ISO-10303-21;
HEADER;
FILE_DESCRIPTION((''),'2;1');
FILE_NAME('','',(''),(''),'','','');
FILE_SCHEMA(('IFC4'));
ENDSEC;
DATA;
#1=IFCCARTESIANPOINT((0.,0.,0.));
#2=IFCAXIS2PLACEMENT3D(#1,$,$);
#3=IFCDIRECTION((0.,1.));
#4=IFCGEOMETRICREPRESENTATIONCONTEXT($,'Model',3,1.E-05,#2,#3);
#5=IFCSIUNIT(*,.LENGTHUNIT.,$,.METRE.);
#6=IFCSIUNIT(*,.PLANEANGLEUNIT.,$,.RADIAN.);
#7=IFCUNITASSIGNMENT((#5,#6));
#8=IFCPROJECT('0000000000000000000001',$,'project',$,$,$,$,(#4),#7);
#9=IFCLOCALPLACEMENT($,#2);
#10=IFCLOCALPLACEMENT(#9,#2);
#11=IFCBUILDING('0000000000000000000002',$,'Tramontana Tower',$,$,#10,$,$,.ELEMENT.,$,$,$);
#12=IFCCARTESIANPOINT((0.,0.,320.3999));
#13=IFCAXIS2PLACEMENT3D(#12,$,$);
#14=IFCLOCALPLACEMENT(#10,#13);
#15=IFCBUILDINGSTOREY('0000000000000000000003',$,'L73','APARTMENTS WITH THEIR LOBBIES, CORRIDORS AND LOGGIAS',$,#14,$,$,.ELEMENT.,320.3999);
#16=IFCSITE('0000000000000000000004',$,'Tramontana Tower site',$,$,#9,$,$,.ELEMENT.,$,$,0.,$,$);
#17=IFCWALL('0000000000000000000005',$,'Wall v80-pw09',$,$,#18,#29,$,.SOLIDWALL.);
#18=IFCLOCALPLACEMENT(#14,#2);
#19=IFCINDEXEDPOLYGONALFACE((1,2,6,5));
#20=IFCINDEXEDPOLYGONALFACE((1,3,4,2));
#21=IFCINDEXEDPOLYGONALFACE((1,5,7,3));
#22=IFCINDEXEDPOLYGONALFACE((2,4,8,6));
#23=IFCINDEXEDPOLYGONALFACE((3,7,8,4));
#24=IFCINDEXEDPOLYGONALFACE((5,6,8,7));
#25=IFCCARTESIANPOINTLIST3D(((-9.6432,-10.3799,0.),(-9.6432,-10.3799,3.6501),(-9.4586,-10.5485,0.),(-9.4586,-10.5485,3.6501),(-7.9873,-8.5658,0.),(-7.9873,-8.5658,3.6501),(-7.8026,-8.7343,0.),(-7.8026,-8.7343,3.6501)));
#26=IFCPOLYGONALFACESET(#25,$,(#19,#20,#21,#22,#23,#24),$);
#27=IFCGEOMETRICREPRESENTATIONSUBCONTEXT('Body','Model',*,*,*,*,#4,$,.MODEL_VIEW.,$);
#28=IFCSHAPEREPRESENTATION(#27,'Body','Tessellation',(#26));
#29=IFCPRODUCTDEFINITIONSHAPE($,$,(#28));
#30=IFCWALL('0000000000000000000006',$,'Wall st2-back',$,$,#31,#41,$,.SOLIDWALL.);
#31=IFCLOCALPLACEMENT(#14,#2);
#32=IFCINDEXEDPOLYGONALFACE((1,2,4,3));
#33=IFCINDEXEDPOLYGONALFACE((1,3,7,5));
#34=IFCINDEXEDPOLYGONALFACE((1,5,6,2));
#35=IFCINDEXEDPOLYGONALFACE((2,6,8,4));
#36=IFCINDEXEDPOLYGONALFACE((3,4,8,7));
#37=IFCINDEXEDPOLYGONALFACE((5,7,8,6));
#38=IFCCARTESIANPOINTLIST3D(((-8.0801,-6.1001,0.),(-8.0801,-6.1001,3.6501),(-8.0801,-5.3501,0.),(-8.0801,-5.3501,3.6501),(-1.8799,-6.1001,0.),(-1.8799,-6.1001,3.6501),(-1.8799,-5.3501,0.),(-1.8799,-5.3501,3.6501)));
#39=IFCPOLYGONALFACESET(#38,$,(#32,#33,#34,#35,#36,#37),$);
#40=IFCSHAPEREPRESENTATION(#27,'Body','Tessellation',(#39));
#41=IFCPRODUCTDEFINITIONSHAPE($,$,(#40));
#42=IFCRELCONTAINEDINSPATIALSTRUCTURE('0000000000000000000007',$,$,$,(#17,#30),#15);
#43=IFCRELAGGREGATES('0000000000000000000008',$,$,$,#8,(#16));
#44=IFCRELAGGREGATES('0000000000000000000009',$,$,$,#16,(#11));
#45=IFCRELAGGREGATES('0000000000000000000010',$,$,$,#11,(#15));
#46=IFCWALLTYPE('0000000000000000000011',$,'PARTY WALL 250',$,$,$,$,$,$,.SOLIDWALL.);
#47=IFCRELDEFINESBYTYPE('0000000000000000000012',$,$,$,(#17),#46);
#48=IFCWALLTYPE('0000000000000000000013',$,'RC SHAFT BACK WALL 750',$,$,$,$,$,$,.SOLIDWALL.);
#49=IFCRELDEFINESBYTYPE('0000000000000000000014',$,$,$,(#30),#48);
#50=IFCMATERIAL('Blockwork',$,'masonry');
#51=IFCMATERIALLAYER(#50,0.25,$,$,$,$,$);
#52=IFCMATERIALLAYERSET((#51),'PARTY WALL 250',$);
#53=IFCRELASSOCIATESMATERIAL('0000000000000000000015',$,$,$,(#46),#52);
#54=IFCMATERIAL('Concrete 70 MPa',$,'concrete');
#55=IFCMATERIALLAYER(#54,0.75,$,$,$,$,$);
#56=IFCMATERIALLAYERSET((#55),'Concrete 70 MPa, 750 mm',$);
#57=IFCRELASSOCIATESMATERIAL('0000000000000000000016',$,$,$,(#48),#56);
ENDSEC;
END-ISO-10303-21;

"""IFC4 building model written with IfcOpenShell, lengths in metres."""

from ifc_helpers import new_model, si_unit, direction, frame, frame_2d, origin, place, context, subcontext, project, spatial, rectangle, extrude, material, layer, layer_set, type_object, element, save


model = new_model("IFC4")

# Units and contexts
model_context = context("Model", 3, precision=1e-05, world=origin(), true_north=direction((0.0, 1.0)))
body_context = subcontext(model_context, "Body", "Model", "MODEL_VIEW")
ifc_project = project(units=[si_unit("LENGTHUNIT", "METRE"), si_unit("PLANEANGLEUNIT", "RADIAN")], contexts=[model_context])

# Site, building, storey
site_placement = place(None, origin())
site = spatial("IfcSite", under=ifc_project, at=site_placement, Name="Tramontana Tower site", CompositionType="ELEMENT", RefElevation=0.0)
building_placement = place(site_placement, origin())
building = spatial("IfcBuilding", under=site, at=building_placement, Name="Tramontana Tower", CompositionType="ELEMENT")
storey_placement = place(building_placement, frame((0.0, 0.0, 320.3999)))
storey = spatial("IfcBuildingStorey", under=building, at=storey_placement, Name="L73", Description="APARTMENTS WITH THEIR LOBBIES, CORRIDORS AND LOGGIAS", CompositionType="ELEMENT", Elevation=320.3999)

# Walls
ifc_material_1 = material(Name="Blockwork", Category="masonry")
ifc_layer_1 = layer(ifc_material_1, 0.25)
ifc_layer_set_1 = layer_set([ifc_layer_1], Name="PARTY WALL 250")
wall_type_1 = type_object("IfcWallType", Name="PARTY WALL 250", PredefinedType="SOLIDWALL", material=ifc_layer_set_1)
wall_1_placement = place(storey_placement, frame((-7.895, -8.6501, 0.0), z_axis=(0.0, 0.0, 1.0), x_axis=(-0.67417, -0.738576, 0.0)))
element("IfcWall", 1, at=wall_1_placement, inside=storey, type_object=wall_type_1, Name="Wall v80-pw09", PredefinedType="SOLIDWALL", context=body_context, shape_type="SweptSolid", body=[
    extrude(rectangle(XDim=2.4563, YDim=0.25, at=frame_2d((1.228, 0.0))), origin(), (0.0, 0.0, 1.0), 3.6501),
])
ifc_material_2 = material(Name="Concrete 70 MPa", Category="concrete")
ifc_layer_2 = layer(ifc_material_2, 0.75)
ifc_layer_set_2 = layer_set([ifc_layer_2], Name="Concrete 70 MPa, 750 mm")
wall_type_2 = type_object("IfcWallType", Name="RC SHAFT BACK WALL 750", PredefinedType="SOLIDWALL", material=ifc_layer_set_2)
wall_2_placement = place(storey_placement, frame((-8.0801, -5.7251, 0.0), z_axis=(0.0, 0.0, 1.0), x_axis=(1.0, 0.0, 0.0)))
element("IfcWall", 2, at=wall_2_placement, inside=storey, type_object=wall_type_2, Name="Wall st2-back", PredefinedType="SOLIDWALL", context=body_context, shape_type="SweptSolid", body=[
    extrude(rectangle(XDim=6.2002, YDim=0.75, at=frame_2d((3.1001, 0.0))), origin(), (0.0, 0.0, 1.0), 3.6501),
])

save(model, "model.ifc")
